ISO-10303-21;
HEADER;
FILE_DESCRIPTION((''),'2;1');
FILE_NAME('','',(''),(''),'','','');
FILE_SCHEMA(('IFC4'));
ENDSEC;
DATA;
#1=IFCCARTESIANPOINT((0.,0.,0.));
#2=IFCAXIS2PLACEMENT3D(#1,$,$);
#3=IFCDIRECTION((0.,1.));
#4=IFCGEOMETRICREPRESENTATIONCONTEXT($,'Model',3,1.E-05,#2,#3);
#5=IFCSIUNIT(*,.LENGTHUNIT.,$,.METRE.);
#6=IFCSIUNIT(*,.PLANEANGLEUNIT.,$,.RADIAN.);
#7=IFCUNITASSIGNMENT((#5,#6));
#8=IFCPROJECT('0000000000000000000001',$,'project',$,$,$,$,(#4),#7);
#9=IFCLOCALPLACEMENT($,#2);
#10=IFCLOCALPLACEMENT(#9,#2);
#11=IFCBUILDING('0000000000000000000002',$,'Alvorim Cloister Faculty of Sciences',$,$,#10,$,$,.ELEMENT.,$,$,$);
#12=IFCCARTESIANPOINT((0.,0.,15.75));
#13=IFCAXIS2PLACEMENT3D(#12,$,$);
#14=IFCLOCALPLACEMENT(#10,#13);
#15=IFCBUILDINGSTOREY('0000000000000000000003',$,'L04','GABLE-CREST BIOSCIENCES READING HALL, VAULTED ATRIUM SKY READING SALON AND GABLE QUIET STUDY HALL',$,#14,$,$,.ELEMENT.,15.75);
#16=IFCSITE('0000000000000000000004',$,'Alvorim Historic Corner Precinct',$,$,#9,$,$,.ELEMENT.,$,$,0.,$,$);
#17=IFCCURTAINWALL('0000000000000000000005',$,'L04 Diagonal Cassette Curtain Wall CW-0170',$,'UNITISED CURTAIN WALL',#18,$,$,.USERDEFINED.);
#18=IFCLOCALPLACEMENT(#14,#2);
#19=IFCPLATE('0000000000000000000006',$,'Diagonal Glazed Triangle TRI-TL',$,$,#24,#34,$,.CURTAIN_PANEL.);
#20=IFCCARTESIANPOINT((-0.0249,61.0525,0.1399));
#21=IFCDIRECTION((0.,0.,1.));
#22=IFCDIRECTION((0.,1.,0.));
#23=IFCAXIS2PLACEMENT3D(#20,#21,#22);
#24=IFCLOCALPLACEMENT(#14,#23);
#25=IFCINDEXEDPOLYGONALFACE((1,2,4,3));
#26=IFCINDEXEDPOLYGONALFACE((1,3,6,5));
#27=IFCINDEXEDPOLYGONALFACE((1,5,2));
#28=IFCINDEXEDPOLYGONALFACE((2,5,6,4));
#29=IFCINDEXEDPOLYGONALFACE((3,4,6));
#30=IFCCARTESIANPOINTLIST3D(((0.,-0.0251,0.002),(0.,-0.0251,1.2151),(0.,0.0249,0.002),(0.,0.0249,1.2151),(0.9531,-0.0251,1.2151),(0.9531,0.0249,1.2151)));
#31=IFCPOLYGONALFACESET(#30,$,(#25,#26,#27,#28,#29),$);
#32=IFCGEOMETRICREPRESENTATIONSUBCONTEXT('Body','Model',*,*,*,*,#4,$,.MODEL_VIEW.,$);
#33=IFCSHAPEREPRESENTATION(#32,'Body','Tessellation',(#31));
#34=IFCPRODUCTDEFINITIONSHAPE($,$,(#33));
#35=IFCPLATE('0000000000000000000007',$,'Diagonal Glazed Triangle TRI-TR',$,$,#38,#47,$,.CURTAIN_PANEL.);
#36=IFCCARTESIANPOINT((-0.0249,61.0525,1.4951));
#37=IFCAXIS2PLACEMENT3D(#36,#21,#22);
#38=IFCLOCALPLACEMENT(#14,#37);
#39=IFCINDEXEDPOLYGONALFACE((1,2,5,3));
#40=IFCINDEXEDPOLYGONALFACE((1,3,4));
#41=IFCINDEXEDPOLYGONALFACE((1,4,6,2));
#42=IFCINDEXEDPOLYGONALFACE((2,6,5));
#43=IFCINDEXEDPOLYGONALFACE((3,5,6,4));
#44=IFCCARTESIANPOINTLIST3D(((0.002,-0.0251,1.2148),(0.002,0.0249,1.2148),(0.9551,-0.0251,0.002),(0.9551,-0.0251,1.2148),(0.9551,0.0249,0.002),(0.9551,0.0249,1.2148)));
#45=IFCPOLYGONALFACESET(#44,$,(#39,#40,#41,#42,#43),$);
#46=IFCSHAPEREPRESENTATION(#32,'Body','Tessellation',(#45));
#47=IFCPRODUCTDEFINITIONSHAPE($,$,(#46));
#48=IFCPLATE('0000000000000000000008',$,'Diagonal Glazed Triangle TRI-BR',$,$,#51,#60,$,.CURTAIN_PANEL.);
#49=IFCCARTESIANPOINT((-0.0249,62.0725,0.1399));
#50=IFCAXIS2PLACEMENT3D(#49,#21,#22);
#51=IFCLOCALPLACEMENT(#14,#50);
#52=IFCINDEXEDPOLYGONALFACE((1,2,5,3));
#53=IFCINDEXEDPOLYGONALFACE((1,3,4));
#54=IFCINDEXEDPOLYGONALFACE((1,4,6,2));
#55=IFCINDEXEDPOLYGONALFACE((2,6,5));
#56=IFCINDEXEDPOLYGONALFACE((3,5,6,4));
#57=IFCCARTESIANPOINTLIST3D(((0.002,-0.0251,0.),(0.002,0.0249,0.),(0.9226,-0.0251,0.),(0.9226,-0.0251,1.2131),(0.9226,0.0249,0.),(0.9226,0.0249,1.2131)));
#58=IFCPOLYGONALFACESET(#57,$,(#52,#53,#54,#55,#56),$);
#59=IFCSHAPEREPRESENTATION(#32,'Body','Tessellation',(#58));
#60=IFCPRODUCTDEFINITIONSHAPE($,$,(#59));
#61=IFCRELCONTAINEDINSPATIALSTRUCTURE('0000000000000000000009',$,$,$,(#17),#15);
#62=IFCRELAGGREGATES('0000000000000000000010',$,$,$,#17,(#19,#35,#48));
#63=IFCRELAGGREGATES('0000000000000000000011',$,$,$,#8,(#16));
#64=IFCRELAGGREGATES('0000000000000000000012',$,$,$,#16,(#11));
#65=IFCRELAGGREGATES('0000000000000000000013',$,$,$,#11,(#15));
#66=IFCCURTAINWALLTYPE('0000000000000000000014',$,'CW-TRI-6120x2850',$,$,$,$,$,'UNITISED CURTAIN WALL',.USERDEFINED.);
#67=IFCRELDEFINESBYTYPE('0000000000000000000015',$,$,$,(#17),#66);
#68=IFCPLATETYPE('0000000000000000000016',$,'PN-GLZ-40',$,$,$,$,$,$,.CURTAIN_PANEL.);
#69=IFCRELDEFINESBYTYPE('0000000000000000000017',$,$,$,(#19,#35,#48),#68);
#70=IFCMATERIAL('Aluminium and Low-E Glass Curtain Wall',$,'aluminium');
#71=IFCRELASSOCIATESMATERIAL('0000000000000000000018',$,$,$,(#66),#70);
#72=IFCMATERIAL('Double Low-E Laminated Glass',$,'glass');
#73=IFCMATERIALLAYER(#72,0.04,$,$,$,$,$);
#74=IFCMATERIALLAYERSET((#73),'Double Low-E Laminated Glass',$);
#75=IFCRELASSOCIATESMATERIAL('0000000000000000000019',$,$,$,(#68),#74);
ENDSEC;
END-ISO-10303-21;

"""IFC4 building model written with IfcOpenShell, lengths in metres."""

from ifc_helpers import new_model, si_unit, direction, frame, origin, place, context, subcontext, project, spatial, polyline, outline, extrude, material, layer, layer_set, type_object, element, aggregate, save


model = new_model("IFC4")

# Units and contexts
model_context = context("Model", 3, precision=1e-05, world=origin(), true_north=direction((0.0, 1.0)))
body_context = subcontext(model_context, "Body", "Model", "MODEL_VIEW")
ifc_project = project(units=[si_unit("LENGTHUNIT", "METRE"), si_unit("PLANEANGLEUNIT", "RADIAN")], contexts=[model_context])

# Site, building, storey
site_placement = place(None, origin())
site = spatial("IfcSite", under=ifc_project, at=site_placement, Name="Alvorim Historic Corner Precinct", CompositionType="ELEMENT", RefElevation=0.0)
building_placement = place(site_placement, origin())
building = spatial("IfcBuilding", under=site, at=building_placement, Name="Alvorim Cloister Faculty of Sciences", CompositionType="ELEMENT")
storey_placement = place(building_placement, frame((0.0, 0.0, 15.75)))
storey = spatial("IfcBuildingStorey", under=building, at=storey_placement, Name="L04", Description="GABLE-CREST BIOSCIENCES READING HALL, VAULTED ATRIUM SKY READING SALON AND GABLE QUIET STUDY HALL", CompositionType="ELEMENT", Elevation=15.75)

# Curtain wall, plates
ifc_material_1 = material(Name="Aluminium and Low-E Glass Curtain Wall", Category="aluminium")
curtain_wall_type = type_object("IfcCurtainWallType", Name="CW-TRI-6120x2850", ElementType="UNITISED CURTAIN WALL", PredefinedType="USERDEFINED", material=ifc_material_1)
curtain_wall_placement = place(storey_placement, origin())
curtain_wall = element("IfcCurtainWall", 1, at=curtain_wall_placement, inside=storey, type_object=curtain_wall_type, Name="L04 Diagonal Cassette Curtain Wall CW-0170", ObjectType="UNITISED CURTAIN WALL", PredefinedType="USERDEFINED")
ifc_material_2 = material(Name="Double Low-E Laminated Glass", Category="glass")
ifc_layer = layer(ifc_material_2, 0.04)
ifc_layer_set = layer_set([ifc_layer], Name="Double Low-E Laminated Glass")
plate_type = type_object("IfcPlateType", Name="PN-GLZ-40", PredefinedType="CURTAIN_PANEL", material=ifc_layer_set)
plate_1_placement = place(storey_placement, frame((-0.0249, 61.0525, 0.1399), z_axis=(0.0, 0.0, 1.0), x_axis=(0.0, 1.0, 0.0)))
plate_1 = element("IfcPlate", 2, at=plate_1_placement, type_object=plate_type, Name="Diagonal Glazed Triangle TRI-TL", PredefinedType="CURTAIN_PANEL", context=body_context, shape_type="SweptSolid", body=[
    extrude(outline(polyline([(0.9531, 1.2151), (0.0, 1.2151), (0.0, 0.002), (0.9531, 1.2151)])), frame((0.0, 0.0249, 0.0), z_axis=(0.0, -1.0, 0.0), x_axis=(1.0, 0.0, 0.0)), (0.0, 0.0, 1.0), 0.05),
])
plate_2_placement = place(storey_placement, frame((-0.0249, 61.0525, 1.4951), z_axis=(0.0, 0.0, 1.0), x_axis=(0.0, 1.0, 0.0)))
plate_2 = element("IfcPlate", 3, at=plate_2_placement, type_object=plate_type, Name="Diagonal Glazed Triangle TRI-TR", PredefinedType="CURTAIN_PANEL", context=body_context, shape_type="SweptSolid", body=[
    extrude(outline(polyline([(0.9551, 0.002), (0.9551, 1.2148), (0.002, 1.2148), (0.9551, 0.002)])), frame((0.0, 0.0249, 0.0), z_axis=(0.0, -1.0, 0.0), x_axis=(1.0, 0.0, 0.0)), (0.0, 0.0, 1.0), 0.05),
])
plate_3_placement = place(storey_placement, frame((-0.0249, 62.0725, 0.1399), z_axis=(0.0, 0.0, 1.0), x_axis=(0.0, 1.0, 0.0)))
plate_3 = element("IfcPlate", 4, at=plate_3_placement, type_object=plate_type, Name="Diagonal Glazed Triangle TRI-BR", PredefinedType="CURTAIN_PANEL", context=body_context, shape_type="SweptSolid", body=[
    extrude(outline(polyline([(0.002, 0.0), (0.9226, 0.0), (0.9226, 1.2131), (0.002, 0.0)])), frame((0.0, 0.0249, 0.0), z_axis=(0.0, -1.0, 0.0), x_axis=(1.0, 0.0, 0.0)), (0.0, 0.0, 1.0), 0.05),
])
aggregate(curtain_wall, [plate_1, plate_2, plate_3])

save(model, "model.ifc")
